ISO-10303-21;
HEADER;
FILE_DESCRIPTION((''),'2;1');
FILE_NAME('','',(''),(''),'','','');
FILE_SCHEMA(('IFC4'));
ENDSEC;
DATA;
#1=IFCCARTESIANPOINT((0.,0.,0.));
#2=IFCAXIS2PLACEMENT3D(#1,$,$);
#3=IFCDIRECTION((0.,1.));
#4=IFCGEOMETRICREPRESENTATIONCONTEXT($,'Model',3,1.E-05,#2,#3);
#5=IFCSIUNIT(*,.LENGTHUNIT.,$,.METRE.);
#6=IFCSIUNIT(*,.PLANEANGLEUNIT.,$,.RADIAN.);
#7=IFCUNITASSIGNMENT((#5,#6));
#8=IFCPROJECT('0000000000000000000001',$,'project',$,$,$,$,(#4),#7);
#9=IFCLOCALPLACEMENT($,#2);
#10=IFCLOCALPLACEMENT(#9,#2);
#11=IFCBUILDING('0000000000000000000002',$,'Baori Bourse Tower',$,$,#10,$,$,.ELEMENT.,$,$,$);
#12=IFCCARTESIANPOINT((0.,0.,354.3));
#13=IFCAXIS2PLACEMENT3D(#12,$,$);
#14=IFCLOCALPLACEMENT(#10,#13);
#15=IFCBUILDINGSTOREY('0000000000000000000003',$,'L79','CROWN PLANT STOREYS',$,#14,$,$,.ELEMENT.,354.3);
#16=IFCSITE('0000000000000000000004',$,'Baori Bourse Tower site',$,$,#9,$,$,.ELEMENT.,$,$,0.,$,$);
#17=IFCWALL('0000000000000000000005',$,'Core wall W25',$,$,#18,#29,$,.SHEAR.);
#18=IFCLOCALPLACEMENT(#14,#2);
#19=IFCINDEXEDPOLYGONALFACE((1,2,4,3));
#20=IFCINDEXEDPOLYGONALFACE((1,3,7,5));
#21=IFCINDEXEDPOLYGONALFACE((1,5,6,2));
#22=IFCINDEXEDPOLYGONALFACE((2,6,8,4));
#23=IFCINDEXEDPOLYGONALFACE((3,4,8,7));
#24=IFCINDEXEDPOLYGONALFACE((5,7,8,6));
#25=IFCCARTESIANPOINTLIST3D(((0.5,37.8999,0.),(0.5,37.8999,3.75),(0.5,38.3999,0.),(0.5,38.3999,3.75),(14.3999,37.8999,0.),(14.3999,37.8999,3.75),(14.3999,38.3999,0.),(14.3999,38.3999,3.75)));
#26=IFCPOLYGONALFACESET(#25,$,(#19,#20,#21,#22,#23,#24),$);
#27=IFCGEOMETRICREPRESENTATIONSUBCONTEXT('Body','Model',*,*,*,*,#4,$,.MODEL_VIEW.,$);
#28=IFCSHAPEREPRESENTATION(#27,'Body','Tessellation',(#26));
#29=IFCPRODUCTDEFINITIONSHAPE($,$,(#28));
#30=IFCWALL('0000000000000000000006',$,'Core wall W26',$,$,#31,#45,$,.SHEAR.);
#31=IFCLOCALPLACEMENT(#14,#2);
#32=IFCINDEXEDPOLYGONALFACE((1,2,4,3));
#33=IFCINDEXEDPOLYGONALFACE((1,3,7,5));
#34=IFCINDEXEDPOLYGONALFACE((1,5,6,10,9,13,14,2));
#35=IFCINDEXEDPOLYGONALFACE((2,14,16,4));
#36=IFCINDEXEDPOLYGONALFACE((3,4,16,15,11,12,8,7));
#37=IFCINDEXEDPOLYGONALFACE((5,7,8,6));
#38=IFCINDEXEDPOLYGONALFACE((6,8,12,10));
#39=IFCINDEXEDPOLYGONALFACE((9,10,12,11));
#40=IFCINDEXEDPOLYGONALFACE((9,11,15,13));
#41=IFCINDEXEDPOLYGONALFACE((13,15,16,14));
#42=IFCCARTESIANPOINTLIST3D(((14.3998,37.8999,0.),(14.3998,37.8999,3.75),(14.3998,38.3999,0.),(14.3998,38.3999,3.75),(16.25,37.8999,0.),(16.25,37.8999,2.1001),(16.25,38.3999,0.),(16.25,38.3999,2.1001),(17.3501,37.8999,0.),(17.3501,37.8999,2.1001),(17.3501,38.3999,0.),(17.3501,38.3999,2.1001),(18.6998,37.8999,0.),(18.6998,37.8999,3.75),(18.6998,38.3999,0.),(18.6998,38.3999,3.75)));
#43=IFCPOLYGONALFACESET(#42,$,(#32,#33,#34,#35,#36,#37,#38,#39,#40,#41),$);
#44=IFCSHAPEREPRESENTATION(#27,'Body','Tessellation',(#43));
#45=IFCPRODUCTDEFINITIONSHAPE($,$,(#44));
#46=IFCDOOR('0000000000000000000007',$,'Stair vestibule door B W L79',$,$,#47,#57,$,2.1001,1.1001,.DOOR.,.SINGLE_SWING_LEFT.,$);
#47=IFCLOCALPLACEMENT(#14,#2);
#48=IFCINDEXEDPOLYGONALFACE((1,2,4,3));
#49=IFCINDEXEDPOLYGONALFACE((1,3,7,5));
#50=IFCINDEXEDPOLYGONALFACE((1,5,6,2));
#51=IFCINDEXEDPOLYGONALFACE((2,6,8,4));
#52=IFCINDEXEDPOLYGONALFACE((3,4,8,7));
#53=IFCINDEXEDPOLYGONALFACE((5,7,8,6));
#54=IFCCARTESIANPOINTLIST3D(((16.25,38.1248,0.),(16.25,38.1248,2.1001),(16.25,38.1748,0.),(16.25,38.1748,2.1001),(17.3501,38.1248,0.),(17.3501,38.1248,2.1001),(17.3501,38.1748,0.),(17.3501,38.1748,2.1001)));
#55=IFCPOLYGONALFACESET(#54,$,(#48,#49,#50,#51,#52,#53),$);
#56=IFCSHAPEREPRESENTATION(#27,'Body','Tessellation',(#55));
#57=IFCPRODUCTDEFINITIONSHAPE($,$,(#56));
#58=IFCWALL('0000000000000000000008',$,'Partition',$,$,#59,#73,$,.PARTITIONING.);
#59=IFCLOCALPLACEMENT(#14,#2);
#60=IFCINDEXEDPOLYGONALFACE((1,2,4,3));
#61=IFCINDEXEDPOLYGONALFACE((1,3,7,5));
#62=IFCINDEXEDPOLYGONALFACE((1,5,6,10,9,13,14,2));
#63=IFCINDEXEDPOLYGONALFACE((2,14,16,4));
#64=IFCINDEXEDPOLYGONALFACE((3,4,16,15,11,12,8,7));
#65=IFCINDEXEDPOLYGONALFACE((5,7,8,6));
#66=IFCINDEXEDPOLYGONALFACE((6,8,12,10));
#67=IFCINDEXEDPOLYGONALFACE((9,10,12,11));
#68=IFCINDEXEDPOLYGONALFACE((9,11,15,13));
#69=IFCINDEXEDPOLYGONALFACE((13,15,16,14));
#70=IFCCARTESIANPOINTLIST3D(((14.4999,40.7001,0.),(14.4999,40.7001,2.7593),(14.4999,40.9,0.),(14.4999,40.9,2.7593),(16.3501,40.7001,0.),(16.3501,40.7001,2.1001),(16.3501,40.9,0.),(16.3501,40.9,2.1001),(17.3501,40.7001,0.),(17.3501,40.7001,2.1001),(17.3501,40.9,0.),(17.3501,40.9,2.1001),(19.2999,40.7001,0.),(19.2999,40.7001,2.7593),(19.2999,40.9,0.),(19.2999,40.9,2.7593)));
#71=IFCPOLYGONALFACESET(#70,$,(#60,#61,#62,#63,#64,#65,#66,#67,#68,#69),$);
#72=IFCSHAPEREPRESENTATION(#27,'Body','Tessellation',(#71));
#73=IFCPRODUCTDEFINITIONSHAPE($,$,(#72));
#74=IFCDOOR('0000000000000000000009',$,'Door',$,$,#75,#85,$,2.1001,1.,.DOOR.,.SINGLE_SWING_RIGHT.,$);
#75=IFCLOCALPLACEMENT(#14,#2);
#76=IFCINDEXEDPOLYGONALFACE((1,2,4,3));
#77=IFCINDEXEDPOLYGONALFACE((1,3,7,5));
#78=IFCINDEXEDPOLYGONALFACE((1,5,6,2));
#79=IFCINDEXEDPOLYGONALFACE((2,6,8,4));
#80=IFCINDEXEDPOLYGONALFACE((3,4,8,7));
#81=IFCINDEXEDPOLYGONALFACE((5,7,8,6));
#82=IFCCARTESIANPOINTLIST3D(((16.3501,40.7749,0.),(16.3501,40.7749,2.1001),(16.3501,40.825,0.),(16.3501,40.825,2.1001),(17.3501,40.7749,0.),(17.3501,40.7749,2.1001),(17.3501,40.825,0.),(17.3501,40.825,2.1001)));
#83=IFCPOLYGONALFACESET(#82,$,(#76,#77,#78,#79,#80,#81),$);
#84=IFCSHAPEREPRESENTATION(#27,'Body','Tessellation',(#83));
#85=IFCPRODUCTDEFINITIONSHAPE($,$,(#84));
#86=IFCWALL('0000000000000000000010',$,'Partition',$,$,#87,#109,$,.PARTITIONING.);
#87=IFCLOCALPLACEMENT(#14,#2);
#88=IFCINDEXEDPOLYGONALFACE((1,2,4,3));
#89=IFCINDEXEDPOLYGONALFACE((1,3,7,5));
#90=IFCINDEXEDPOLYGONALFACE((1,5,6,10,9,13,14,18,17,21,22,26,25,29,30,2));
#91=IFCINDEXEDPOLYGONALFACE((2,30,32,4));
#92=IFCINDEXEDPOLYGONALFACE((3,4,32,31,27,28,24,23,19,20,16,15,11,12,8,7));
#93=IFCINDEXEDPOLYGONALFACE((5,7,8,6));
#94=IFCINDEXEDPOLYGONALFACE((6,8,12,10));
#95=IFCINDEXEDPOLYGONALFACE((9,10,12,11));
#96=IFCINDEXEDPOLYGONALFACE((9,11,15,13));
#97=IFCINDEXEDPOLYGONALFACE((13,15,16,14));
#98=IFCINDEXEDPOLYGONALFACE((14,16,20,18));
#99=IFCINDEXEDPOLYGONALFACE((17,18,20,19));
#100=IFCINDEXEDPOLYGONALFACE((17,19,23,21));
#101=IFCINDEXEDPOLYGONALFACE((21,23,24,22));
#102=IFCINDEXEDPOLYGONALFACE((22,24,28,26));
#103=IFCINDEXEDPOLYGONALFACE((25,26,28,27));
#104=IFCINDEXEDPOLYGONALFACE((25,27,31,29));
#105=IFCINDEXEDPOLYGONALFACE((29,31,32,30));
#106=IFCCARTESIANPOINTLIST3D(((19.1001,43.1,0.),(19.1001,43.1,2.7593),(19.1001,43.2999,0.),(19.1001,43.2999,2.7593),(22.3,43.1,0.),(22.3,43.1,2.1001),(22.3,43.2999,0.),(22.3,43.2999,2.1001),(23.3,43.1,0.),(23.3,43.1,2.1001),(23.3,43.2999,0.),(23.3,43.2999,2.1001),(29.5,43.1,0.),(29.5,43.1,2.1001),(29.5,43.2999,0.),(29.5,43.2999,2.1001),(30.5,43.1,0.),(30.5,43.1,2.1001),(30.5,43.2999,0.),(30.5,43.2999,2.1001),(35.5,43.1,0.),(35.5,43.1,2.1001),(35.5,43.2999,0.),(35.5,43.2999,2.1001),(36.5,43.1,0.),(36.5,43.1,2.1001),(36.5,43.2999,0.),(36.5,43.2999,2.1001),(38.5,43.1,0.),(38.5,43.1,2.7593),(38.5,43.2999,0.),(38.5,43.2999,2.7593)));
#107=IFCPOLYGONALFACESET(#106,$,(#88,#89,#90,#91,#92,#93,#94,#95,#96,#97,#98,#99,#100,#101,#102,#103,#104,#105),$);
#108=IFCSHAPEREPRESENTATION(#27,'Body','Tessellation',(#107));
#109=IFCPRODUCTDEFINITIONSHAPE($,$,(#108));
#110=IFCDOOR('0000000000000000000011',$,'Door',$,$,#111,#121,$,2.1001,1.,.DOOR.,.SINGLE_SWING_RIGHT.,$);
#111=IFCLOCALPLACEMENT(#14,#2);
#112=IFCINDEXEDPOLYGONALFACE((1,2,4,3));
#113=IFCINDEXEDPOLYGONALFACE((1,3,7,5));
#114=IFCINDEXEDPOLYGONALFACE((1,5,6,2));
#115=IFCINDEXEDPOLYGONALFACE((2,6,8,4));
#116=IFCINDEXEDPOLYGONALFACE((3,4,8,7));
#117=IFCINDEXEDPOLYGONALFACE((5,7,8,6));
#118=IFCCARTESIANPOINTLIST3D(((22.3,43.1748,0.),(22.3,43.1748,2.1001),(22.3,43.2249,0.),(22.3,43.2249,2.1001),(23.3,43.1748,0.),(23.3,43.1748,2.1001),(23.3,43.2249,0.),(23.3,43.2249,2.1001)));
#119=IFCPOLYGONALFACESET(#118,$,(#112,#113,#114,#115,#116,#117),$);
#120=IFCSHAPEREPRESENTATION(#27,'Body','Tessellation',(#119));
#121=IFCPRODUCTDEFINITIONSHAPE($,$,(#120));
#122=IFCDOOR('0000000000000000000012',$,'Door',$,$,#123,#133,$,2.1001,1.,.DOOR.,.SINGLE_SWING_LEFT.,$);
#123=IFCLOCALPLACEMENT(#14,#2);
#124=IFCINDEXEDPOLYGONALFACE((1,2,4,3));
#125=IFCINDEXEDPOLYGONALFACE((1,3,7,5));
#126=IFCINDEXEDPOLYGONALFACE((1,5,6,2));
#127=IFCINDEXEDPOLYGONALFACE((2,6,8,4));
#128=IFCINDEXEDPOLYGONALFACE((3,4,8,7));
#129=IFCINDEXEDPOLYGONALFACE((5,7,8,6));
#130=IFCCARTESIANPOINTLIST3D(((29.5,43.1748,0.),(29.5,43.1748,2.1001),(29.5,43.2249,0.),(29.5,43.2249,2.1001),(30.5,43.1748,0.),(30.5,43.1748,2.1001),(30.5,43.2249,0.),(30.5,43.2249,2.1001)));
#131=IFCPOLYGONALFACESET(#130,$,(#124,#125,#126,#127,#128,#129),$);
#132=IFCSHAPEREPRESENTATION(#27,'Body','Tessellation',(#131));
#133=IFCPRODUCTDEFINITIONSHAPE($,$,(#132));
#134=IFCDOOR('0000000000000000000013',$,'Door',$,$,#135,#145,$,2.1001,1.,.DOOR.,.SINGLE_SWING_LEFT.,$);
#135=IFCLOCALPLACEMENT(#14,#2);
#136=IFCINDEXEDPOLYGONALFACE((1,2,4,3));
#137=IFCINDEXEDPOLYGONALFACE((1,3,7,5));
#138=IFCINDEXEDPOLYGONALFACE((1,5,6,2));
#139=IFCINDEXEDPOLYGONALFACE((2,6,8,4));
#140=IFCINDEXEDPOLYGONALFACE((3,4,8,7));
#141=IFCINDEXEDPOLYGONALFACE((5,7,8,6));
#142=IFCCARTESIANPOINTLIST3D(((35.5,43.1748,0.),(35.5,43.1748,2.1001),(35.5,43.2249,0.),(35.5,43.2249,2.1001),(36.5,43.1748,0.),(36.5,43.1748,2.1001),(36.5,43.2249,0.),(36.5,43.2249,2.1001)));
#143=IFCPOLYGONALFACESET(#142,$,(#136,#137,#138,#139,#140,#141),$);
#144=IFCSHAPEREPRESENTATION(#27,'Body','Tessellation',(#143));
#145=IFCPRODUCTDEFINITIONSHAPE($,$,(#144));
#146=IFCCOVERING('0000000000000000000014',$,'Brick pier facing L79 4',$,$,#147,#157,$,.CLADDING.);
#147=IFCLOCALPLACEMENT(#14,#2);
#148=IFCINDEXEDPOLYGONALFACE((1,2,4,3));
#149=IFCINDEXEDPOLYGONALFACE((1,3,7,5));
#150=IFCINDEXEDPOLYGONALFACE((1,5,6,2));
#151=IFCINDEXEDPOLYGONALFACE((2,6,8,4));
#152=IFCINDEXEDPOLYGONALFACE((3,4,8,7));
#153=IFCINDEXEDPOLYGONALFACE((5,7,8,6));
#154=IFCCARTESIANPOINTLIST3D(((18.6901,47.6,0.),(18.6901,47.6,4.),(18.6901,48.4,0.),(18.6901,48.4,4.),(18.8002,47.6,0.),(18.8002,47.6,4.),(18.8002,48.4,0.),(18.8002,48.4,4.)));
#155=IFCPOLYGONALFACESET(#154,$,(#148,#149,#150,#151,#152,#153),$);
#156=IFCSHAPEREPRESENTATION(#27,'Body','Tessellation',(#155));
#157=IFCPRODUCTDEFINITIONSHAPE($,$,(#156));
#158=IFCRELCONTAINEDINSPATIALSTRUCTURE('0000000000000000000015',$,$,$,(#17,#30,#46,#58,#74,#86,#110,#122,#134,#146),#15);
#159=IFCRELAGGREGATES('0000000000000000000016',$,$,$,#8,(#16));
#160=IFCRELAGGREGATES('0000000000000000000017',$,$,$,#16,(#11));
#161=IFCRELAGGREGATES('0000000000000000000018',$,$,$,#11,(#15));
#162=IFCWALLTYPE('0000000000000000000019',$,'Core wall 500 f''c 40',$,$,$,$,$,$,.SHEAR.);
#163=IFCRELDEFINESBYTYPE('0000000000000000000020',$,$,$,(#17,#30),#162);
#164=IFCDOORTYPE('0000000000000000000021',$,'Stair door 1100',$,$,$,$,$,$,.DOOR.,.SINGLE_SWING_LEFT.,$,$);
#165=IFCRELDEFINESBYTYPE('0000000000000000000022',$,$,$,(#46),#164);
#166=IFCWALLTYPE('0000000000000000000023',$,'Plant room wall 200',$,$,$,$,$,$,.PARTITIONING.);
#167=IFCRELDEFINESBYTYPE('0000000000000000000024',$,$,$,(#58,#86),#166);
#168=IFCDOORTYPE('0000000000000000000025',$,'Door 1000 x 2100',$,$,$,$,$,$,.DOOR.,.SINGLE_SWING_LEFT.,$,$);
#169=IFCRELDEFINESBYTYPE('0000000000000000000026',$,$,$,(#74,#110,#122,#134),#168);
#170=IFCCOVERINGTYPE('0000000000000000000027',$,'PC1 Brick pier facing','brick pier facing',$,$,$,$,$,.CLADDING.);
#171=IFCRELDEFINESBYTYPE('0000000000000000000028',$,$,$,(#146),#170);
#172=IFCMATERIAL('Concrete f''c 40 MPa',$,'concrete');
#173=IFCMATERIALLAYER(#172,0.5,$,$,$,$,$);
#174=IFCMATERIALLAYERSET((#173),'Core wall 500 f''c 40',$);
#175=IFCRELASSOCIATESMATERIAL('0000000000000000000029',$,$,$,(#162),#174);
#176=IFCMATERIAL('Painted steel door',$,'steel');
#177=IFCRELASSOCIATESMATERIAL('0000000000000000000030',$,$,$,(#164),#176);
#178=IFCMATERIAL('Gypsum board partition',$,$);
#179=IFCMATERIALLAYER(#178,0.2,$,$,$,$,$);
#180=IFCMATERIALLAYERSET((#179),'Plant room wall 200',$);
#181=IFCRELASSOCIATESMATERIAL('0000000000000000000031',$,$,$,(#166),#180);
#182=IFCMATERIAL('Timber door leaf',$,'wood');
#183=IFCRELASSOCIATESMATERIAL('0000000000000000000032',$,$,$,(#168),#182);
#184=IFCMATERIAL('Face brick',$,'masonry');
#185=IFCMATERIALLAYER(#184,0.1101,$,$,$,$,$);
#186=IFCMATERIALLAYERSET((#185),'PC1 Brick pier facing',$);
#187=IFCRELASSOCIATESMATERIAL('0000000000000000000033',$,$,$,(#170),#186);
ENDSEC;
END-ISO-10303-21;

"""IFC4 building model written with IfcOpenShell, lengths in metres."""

from ifc_helpers import new_model, si_unit, direction, frame, frame_2d, origin, origin_2d, place, context, subcontext, project, spatial, rectangle, extrude, material, layer, layer_set, type_object, element, fill, save


model = new_model("IFC4")

# Units and contexts
model_context = context("Model", 3, precision=1e-05, world=origin(), true_north=direction((0.0, 1.0)))
body_context = subcontext(model_context, "Body", "Model", "MODEL_VIEW")
ifc_project = project(units=[si_unit("LENGTHUNIT", "METRE"), si_unit("PLANEANGLEUNIT", "RADIAN")], contexts=[model_context])

# Site, building, storey
site_placement = place(None, origin())
site = spatial("IfcSite", under=ifc_project, at=site_placement, Name="Baori Bourse Tower site", CompositionType="ELEMENT", RefElevation=0.0)
building_placement = place(site_placement, origin())
building = spatial("IfcBuilding", under=site, at=building_placement, Name="Baori Bourse Tower", CompositionType="ELEMENT")
storey_placement = place(building_placement, frame((0.0, 0.0, 354.3)))
storey = spatial("IfcBuildingStorey", under=building, at=storey_placement, Name="L79", Description="CROWN PLANT STOREYS", CompositionType="ELEMENT", Elevation=354.3)

# Shared definitions
ifc_material_1 = material(Name="Concrete f'c 40 MPa", Category="concrete")
ifc_layer_1 = layer(ifc_material_1, 0.5)
ifc_layer_set_1 = layer_set([ifc_layer_1], Name="Core wall 500 f'c 40")
wall_type_1 = type_object("IfcWallType", Name="Core wall 500 f'c 40", PredefinedType="SHEAR", material=ifc_layer_set_1)

# Wall
wall_1_placement = place(storey_placement, frame((0.5, 38.1499, 0.0), z_axis=(0.0, 0.0, 1.0), x_axis=(1.0, 0.0, 0.0)))
element("IfcWall", 1, at=wall_1_placement, inside=storey, type_object=wall_type_1, Name="Core wall W25", PredefinedType="SHEAR", context=body_context, shape_type="SweptSolid", body=[
    extrude(rectangle(XDim=13.8999, YDim=0.5, at=frame_2d((6.95, 0.0))), origin(), (0.0, 0.0, 1.0), 3.75),
])

# Walls, openings, doors
wall_2_placement = place(storey_placement, frame((14.3999, 38.1499, 0.0), z_axis=(0.0, 0.0, 1.0), x_axis=(1.0, 0.0, 0.0)))
wall_2 = element("IfcWall", 2, at=wall_2_placement, inside=storey, type_object=wall_type_1, Name="Core wall W26", PredefinedType="SHEAR", context=body_context, shape_type="SweptSolid", body=[
    extrude(rectangle(XDim=4.3, YDim=0.5, at=frame_2d((2.1499, 0.0))), origin(), (0.0, 0.0, 1.0), 3.75),
])
opening_1_placement = place(wall_2_placement, frame((1.8501, 0.0, 0.0)))
opening_1 = element("IfcOpeningElement", 3, at=opening_1_placement, cuts=wall_2, PredefinedType="OPENING", context=body_context, shape_type="SweptSolid", body=[
    extrude(rectangle(XDim=1.1001, YDim=2.1001, at=frame_2d((0.55, 1.05))), frame((0.0, 0.26, 0.0), z_axis=(0.0, -1.0, 0.0), x_axis=(1.0, 0.0, 0.0)), (0.0, 0.0, 1.0), 0.52),
])
ifc_material_2 = material(Name="Painted steel door", Category="steel")
door_type_1 = type_object("IfcDoorType", Name="Stair door 1100", OperationType="SINGLE_SWING_LEFT", PredefinedType="DOOR", material=ifc_material_2)
door_1_placement = place(opening_1_placement, origin())
door_1 = element("IfcDoor", 4, at=door_1_placement, inside=storey, type_object=door_type_1, Name="Stair vestibule door B W L79", OperationType="SINGLE_SWING_LEFT", OverallHeight=2.1001, OverallWidth=1.1001, PredefinedType="DOOR", context=body_context, shape_type="SweptSolid", body=[
    extrude(rectangle(XDim=1.1001, YDim=2.1001, at=frame_2d((0.55, 1.05))), frame((0.0, 0.0249, 0.0), z_axis=(0.0, -1.0, 0.0), x_axis=(1.0, 0.0, 0.0)), (0.0, 0.0, 1.0), 0.05),
])
fill(opening_1, door_1)
ifc_material_3 = material(Name="Gypsum board partition")
ifc_layer_2 = layer(ifc_material_3, 0.2)
ifc_layer_set_2 = layer_set([ifc_layer_2], Name="Plant room wall 200")
wall_type_2 = type_object("IfcWallType", Name="Plant room wall 200", PredefinedType="PARTITIONING", material=ifc_layer_set_2)
wall_3_placement = place(storey_placement, frame((14.5, 40.8, 0.0), z_axis=(0.0, 0.0, 1.0), x_axis=(1.0, 0.0, 0.0)))
wall_3 = element("IfcWall", 5, at=wall_3_placement, inside=storey, type_object=wall_type_2, Name="Partition", PredefinedType="PARTITIONING", context=body_context, shape_type="SweptSolid", body=[
    extrude(rectangle(XDim=4.8, YDim=0.2, at=frame_2d((2.3999, 0.0))), origin(), (0.0, 0.0, 1.0), 2.7593),
])
opening_2_placement = place(wall_3_placement, frame((1.8501, 0.0, 0.0)))
opening_2 = element("IfcOpeningElement", 6, at=opening_2_placement, cuts=wall_3, PredefinedType="OPENING", context=body_context, shape_type="SweptSolid", body=[
    extrude(rectangle(XDim=1.0, YDim=2.1001, at=frame_2d((0.5, 1.05))), frame((0.0, 0.1099, 0.0), z_axis=(0.0, -1.0, 0.0), x_axis=(1.0, 0.0, 0.0)), (0.0, 0.0, 1.0), 0.22),
])
ifc_material_4 = material(Name="Timber door leaf", Category="wood")
door_type_2 = type_object("IfcDoorType", Name="Door 1000 x 2100", OperationType="SINGLE_SWING_LEFT", PredefinedType="DOOR", material=ifc_material_4)
door_2_placement = place(opening_2_placement, origin())
door_2 = element("IfcDoor", 7, at=door_2_placement, inside=storey, type_object=door_type_2, Name="Door", OperationType="SINGLE_SWING_RIGHT", OverallHeight=2.1001, OverallWidth=1.0, PredefinedType="DOOR", context=body_context, shape_type="SweptSolid", body=[
    extrude(rectangle(XDim=1.0, YDim=2.1001, at=frame_2d((0.5, 1.05))), frame((0.0, 0.0249, 0.0), z_axis=(0.0, -1.0, 0.0), x_axis=(1.0, 0.0, 0.0)), (0.0, 0.0, 1.0), 0.05),
])
fill(opening_2, door_2)

# Wall, openings, doors
wall_4_placement = place(storey_placement, frame((19.1001, 43.2, 0.0), z_axis=(0.0, 0.0, 1.0), x_axis=(1.0, 0.0, 0.0)))
wall_4 = element("IfcWall", 8, at=wall_4_placement, inside=storey, type_object=wall_type_2, Name="Partition", PredefinedType="PARTITIONING", context=body_context, shape_type="SweptSolid", body=[
    extrude(rectangle(XDim=19.3999, YDim=0.2, at=frame_2d((9.7, 0.0))), origin(), (0.0, 0.0, 1.0), 2.7593),
])
opening_3_placement = place(wall_4_placement, frame((3.2, 0.0, 0.0)))
opening_3 = element("IfcOpeningElement", 9, at=opening_3_placement, cuts=wall_4, PredefinedType="OPENING", context=body_context, shape_type="SweptSolid", body=[
    extrude(rectangle(XDim=1.0, YDim=2.1001, at=frame_2d((0.5, 1.05))), frame((0.0, 0.1099, 0.0), z_axis=(0.0, -1.0, 0.0), x_axis=(1.0, 0.0, 0.0)), (0.0, 0.0, 1.0), 0.22),
])
opening_4_placement = place(wall_4_placement, frame((10.3999, 0.0, 0.0)))
opening_4 = element("IfcOpeningElement", 10, at=opening_4_placement, cuts=wall_4, PredefinedType="OPENING", context=body_context, shape_type="SweptSolid", body=[
    extrude(rectangle(XDim=1.0, YDim=2.1001, at=frame_2d((0.5, 1.05))), frame((0.0, 0.1099, 0.0), z_axis=(0.0, -1.0, 0.0), x_axis=(1.0, 0.0, 0.0)), (0.0, 0.0, 1.0), 0.22),
])
opening_5_placement = place(wall_4_placement, frame((16.3999, 0.0, 0.0)))
opening_5 = element("IfcOpeningElement", 11, at=opening_5_placement, cuts=wall_4, PredefinedType="OPENING", context=body_context, shape_type="SweptSolid", body=[
    extrude(rectangle(XDim=1.0, YDim=2.1001, at=frame_2d((0.5, 1.05))), frame((0.0, 0.1099, 0.0), z_axis=(0.0, -1.0, 0.0), x_axis=(1.0, 0.0, 0.0)), (0.0, 0.0, 1.0), 0.22),
])
door_3_placement = place(opening_3_placement, origin())
door_3 = element("IfcDoor", 12, at=door_3_placement, inside=storey, type_object=door_type_2, Name="Door", OperationType="SINGLE_SWING_RIGHT", OverallHeight=2.1001, OverallWidth=1.0, PredefinedType="DOOR", context=body_context, shape_type="SweptSolid", body=[
    extrude(rectangle(XDim=1.0, YDim=2.1001, at=frame_2d((0.5, 1.05))), frame((0.0, 0.0249, 0.0), z_axis=(0.0, -1.0, 0.0), x_axis=(1.0, 0.0, 0.0)), (0.0, 0.0, 1.0), 0.05),
])
fill(opening_3, door_3)
door_4_placement = place(opening_4_placement, origin())
door_4 = element("IfcDoor", 13, at=door_4_placement, inside=storey, type_object=door_type_2, Name="Door", OperationType="SINGLE_SWING_LEFT", OverallHeight=2.1001, OverallWidth=1.0, PredefinedType="DOOR", context=body_context, shape_type="SweptSolid", body=[
    extrude(rectangle(XDim=1.0, YDim=2.1001, at=frame_2d((0.5, 1.05))), frame((0.0, 0.0249, 0.0), z_axis=(0.0, -1.0, 0.0), x_axis=(1.0, 0.0, 0.0)), (0.0, 0.0, 1.0), 0.05),
])
fill(opening_4, door_4)
door_5_placement = place(opening_5_placement, origin())
door_5 = element("IfcDoor", 14, at=door_5_placement, inside=storey, type_object=door_type_2, Name="Door", OperationType="SINGLE_SWING_LEFT", OverallHeight=2.1001, OverallWidth=1.0, PredefinedType="DOOR", context=body_context, shape_type="SweptSolid", body=[
    extrude(rectangle(XDim=1.0, YDim=2.1001, at=frame_2d((0.5, 1.05))), frame((0.0, 0.0249, 0.0), z_axis=(0.0, -1.0, 0.0), x_axis=(1.0, 0.0, 0.0)), (0.0, 0.0, 1.0), 0.05),
])
fill(opening_5, door_5)

# Covering
ifc_material_5 = material(Name="Face brick", Category="masonry")
ifc_layer_3 = layer(ifc_material_5, 0.1101)
ifc_layer_set_3 = layer_set([ifc_layer_3], Name="PC1 Brick pier facing")
covering_type = type_object("IfcCoveringType", Name="PC1 Brick pier facing", Description="brick pier facing", PredefinedType="CLADDING", material=ifc_layer_set_3)
covering_placement = place(storey_placement, frame((18.7451, 48.0, 0.0), z_axis=(0.0, 0.0, 1.0), x_axis=(1.0, 0.0, 0.0)))
element("IfcCovering", 15, at=covering_placement, inside=storey, type_object=covering_type, Name="Brick pier facing L79 4", PredefinedType="CLADDING", context=body_context, shape_type="SweptSolid", body=[
    extrude(rectangle(XDim=0.1101, YDim=0.8, at=origin_2d()), origin(), (0.0, 0.0, 1.0), 4.0),
])

save(model, "model.ifc")
